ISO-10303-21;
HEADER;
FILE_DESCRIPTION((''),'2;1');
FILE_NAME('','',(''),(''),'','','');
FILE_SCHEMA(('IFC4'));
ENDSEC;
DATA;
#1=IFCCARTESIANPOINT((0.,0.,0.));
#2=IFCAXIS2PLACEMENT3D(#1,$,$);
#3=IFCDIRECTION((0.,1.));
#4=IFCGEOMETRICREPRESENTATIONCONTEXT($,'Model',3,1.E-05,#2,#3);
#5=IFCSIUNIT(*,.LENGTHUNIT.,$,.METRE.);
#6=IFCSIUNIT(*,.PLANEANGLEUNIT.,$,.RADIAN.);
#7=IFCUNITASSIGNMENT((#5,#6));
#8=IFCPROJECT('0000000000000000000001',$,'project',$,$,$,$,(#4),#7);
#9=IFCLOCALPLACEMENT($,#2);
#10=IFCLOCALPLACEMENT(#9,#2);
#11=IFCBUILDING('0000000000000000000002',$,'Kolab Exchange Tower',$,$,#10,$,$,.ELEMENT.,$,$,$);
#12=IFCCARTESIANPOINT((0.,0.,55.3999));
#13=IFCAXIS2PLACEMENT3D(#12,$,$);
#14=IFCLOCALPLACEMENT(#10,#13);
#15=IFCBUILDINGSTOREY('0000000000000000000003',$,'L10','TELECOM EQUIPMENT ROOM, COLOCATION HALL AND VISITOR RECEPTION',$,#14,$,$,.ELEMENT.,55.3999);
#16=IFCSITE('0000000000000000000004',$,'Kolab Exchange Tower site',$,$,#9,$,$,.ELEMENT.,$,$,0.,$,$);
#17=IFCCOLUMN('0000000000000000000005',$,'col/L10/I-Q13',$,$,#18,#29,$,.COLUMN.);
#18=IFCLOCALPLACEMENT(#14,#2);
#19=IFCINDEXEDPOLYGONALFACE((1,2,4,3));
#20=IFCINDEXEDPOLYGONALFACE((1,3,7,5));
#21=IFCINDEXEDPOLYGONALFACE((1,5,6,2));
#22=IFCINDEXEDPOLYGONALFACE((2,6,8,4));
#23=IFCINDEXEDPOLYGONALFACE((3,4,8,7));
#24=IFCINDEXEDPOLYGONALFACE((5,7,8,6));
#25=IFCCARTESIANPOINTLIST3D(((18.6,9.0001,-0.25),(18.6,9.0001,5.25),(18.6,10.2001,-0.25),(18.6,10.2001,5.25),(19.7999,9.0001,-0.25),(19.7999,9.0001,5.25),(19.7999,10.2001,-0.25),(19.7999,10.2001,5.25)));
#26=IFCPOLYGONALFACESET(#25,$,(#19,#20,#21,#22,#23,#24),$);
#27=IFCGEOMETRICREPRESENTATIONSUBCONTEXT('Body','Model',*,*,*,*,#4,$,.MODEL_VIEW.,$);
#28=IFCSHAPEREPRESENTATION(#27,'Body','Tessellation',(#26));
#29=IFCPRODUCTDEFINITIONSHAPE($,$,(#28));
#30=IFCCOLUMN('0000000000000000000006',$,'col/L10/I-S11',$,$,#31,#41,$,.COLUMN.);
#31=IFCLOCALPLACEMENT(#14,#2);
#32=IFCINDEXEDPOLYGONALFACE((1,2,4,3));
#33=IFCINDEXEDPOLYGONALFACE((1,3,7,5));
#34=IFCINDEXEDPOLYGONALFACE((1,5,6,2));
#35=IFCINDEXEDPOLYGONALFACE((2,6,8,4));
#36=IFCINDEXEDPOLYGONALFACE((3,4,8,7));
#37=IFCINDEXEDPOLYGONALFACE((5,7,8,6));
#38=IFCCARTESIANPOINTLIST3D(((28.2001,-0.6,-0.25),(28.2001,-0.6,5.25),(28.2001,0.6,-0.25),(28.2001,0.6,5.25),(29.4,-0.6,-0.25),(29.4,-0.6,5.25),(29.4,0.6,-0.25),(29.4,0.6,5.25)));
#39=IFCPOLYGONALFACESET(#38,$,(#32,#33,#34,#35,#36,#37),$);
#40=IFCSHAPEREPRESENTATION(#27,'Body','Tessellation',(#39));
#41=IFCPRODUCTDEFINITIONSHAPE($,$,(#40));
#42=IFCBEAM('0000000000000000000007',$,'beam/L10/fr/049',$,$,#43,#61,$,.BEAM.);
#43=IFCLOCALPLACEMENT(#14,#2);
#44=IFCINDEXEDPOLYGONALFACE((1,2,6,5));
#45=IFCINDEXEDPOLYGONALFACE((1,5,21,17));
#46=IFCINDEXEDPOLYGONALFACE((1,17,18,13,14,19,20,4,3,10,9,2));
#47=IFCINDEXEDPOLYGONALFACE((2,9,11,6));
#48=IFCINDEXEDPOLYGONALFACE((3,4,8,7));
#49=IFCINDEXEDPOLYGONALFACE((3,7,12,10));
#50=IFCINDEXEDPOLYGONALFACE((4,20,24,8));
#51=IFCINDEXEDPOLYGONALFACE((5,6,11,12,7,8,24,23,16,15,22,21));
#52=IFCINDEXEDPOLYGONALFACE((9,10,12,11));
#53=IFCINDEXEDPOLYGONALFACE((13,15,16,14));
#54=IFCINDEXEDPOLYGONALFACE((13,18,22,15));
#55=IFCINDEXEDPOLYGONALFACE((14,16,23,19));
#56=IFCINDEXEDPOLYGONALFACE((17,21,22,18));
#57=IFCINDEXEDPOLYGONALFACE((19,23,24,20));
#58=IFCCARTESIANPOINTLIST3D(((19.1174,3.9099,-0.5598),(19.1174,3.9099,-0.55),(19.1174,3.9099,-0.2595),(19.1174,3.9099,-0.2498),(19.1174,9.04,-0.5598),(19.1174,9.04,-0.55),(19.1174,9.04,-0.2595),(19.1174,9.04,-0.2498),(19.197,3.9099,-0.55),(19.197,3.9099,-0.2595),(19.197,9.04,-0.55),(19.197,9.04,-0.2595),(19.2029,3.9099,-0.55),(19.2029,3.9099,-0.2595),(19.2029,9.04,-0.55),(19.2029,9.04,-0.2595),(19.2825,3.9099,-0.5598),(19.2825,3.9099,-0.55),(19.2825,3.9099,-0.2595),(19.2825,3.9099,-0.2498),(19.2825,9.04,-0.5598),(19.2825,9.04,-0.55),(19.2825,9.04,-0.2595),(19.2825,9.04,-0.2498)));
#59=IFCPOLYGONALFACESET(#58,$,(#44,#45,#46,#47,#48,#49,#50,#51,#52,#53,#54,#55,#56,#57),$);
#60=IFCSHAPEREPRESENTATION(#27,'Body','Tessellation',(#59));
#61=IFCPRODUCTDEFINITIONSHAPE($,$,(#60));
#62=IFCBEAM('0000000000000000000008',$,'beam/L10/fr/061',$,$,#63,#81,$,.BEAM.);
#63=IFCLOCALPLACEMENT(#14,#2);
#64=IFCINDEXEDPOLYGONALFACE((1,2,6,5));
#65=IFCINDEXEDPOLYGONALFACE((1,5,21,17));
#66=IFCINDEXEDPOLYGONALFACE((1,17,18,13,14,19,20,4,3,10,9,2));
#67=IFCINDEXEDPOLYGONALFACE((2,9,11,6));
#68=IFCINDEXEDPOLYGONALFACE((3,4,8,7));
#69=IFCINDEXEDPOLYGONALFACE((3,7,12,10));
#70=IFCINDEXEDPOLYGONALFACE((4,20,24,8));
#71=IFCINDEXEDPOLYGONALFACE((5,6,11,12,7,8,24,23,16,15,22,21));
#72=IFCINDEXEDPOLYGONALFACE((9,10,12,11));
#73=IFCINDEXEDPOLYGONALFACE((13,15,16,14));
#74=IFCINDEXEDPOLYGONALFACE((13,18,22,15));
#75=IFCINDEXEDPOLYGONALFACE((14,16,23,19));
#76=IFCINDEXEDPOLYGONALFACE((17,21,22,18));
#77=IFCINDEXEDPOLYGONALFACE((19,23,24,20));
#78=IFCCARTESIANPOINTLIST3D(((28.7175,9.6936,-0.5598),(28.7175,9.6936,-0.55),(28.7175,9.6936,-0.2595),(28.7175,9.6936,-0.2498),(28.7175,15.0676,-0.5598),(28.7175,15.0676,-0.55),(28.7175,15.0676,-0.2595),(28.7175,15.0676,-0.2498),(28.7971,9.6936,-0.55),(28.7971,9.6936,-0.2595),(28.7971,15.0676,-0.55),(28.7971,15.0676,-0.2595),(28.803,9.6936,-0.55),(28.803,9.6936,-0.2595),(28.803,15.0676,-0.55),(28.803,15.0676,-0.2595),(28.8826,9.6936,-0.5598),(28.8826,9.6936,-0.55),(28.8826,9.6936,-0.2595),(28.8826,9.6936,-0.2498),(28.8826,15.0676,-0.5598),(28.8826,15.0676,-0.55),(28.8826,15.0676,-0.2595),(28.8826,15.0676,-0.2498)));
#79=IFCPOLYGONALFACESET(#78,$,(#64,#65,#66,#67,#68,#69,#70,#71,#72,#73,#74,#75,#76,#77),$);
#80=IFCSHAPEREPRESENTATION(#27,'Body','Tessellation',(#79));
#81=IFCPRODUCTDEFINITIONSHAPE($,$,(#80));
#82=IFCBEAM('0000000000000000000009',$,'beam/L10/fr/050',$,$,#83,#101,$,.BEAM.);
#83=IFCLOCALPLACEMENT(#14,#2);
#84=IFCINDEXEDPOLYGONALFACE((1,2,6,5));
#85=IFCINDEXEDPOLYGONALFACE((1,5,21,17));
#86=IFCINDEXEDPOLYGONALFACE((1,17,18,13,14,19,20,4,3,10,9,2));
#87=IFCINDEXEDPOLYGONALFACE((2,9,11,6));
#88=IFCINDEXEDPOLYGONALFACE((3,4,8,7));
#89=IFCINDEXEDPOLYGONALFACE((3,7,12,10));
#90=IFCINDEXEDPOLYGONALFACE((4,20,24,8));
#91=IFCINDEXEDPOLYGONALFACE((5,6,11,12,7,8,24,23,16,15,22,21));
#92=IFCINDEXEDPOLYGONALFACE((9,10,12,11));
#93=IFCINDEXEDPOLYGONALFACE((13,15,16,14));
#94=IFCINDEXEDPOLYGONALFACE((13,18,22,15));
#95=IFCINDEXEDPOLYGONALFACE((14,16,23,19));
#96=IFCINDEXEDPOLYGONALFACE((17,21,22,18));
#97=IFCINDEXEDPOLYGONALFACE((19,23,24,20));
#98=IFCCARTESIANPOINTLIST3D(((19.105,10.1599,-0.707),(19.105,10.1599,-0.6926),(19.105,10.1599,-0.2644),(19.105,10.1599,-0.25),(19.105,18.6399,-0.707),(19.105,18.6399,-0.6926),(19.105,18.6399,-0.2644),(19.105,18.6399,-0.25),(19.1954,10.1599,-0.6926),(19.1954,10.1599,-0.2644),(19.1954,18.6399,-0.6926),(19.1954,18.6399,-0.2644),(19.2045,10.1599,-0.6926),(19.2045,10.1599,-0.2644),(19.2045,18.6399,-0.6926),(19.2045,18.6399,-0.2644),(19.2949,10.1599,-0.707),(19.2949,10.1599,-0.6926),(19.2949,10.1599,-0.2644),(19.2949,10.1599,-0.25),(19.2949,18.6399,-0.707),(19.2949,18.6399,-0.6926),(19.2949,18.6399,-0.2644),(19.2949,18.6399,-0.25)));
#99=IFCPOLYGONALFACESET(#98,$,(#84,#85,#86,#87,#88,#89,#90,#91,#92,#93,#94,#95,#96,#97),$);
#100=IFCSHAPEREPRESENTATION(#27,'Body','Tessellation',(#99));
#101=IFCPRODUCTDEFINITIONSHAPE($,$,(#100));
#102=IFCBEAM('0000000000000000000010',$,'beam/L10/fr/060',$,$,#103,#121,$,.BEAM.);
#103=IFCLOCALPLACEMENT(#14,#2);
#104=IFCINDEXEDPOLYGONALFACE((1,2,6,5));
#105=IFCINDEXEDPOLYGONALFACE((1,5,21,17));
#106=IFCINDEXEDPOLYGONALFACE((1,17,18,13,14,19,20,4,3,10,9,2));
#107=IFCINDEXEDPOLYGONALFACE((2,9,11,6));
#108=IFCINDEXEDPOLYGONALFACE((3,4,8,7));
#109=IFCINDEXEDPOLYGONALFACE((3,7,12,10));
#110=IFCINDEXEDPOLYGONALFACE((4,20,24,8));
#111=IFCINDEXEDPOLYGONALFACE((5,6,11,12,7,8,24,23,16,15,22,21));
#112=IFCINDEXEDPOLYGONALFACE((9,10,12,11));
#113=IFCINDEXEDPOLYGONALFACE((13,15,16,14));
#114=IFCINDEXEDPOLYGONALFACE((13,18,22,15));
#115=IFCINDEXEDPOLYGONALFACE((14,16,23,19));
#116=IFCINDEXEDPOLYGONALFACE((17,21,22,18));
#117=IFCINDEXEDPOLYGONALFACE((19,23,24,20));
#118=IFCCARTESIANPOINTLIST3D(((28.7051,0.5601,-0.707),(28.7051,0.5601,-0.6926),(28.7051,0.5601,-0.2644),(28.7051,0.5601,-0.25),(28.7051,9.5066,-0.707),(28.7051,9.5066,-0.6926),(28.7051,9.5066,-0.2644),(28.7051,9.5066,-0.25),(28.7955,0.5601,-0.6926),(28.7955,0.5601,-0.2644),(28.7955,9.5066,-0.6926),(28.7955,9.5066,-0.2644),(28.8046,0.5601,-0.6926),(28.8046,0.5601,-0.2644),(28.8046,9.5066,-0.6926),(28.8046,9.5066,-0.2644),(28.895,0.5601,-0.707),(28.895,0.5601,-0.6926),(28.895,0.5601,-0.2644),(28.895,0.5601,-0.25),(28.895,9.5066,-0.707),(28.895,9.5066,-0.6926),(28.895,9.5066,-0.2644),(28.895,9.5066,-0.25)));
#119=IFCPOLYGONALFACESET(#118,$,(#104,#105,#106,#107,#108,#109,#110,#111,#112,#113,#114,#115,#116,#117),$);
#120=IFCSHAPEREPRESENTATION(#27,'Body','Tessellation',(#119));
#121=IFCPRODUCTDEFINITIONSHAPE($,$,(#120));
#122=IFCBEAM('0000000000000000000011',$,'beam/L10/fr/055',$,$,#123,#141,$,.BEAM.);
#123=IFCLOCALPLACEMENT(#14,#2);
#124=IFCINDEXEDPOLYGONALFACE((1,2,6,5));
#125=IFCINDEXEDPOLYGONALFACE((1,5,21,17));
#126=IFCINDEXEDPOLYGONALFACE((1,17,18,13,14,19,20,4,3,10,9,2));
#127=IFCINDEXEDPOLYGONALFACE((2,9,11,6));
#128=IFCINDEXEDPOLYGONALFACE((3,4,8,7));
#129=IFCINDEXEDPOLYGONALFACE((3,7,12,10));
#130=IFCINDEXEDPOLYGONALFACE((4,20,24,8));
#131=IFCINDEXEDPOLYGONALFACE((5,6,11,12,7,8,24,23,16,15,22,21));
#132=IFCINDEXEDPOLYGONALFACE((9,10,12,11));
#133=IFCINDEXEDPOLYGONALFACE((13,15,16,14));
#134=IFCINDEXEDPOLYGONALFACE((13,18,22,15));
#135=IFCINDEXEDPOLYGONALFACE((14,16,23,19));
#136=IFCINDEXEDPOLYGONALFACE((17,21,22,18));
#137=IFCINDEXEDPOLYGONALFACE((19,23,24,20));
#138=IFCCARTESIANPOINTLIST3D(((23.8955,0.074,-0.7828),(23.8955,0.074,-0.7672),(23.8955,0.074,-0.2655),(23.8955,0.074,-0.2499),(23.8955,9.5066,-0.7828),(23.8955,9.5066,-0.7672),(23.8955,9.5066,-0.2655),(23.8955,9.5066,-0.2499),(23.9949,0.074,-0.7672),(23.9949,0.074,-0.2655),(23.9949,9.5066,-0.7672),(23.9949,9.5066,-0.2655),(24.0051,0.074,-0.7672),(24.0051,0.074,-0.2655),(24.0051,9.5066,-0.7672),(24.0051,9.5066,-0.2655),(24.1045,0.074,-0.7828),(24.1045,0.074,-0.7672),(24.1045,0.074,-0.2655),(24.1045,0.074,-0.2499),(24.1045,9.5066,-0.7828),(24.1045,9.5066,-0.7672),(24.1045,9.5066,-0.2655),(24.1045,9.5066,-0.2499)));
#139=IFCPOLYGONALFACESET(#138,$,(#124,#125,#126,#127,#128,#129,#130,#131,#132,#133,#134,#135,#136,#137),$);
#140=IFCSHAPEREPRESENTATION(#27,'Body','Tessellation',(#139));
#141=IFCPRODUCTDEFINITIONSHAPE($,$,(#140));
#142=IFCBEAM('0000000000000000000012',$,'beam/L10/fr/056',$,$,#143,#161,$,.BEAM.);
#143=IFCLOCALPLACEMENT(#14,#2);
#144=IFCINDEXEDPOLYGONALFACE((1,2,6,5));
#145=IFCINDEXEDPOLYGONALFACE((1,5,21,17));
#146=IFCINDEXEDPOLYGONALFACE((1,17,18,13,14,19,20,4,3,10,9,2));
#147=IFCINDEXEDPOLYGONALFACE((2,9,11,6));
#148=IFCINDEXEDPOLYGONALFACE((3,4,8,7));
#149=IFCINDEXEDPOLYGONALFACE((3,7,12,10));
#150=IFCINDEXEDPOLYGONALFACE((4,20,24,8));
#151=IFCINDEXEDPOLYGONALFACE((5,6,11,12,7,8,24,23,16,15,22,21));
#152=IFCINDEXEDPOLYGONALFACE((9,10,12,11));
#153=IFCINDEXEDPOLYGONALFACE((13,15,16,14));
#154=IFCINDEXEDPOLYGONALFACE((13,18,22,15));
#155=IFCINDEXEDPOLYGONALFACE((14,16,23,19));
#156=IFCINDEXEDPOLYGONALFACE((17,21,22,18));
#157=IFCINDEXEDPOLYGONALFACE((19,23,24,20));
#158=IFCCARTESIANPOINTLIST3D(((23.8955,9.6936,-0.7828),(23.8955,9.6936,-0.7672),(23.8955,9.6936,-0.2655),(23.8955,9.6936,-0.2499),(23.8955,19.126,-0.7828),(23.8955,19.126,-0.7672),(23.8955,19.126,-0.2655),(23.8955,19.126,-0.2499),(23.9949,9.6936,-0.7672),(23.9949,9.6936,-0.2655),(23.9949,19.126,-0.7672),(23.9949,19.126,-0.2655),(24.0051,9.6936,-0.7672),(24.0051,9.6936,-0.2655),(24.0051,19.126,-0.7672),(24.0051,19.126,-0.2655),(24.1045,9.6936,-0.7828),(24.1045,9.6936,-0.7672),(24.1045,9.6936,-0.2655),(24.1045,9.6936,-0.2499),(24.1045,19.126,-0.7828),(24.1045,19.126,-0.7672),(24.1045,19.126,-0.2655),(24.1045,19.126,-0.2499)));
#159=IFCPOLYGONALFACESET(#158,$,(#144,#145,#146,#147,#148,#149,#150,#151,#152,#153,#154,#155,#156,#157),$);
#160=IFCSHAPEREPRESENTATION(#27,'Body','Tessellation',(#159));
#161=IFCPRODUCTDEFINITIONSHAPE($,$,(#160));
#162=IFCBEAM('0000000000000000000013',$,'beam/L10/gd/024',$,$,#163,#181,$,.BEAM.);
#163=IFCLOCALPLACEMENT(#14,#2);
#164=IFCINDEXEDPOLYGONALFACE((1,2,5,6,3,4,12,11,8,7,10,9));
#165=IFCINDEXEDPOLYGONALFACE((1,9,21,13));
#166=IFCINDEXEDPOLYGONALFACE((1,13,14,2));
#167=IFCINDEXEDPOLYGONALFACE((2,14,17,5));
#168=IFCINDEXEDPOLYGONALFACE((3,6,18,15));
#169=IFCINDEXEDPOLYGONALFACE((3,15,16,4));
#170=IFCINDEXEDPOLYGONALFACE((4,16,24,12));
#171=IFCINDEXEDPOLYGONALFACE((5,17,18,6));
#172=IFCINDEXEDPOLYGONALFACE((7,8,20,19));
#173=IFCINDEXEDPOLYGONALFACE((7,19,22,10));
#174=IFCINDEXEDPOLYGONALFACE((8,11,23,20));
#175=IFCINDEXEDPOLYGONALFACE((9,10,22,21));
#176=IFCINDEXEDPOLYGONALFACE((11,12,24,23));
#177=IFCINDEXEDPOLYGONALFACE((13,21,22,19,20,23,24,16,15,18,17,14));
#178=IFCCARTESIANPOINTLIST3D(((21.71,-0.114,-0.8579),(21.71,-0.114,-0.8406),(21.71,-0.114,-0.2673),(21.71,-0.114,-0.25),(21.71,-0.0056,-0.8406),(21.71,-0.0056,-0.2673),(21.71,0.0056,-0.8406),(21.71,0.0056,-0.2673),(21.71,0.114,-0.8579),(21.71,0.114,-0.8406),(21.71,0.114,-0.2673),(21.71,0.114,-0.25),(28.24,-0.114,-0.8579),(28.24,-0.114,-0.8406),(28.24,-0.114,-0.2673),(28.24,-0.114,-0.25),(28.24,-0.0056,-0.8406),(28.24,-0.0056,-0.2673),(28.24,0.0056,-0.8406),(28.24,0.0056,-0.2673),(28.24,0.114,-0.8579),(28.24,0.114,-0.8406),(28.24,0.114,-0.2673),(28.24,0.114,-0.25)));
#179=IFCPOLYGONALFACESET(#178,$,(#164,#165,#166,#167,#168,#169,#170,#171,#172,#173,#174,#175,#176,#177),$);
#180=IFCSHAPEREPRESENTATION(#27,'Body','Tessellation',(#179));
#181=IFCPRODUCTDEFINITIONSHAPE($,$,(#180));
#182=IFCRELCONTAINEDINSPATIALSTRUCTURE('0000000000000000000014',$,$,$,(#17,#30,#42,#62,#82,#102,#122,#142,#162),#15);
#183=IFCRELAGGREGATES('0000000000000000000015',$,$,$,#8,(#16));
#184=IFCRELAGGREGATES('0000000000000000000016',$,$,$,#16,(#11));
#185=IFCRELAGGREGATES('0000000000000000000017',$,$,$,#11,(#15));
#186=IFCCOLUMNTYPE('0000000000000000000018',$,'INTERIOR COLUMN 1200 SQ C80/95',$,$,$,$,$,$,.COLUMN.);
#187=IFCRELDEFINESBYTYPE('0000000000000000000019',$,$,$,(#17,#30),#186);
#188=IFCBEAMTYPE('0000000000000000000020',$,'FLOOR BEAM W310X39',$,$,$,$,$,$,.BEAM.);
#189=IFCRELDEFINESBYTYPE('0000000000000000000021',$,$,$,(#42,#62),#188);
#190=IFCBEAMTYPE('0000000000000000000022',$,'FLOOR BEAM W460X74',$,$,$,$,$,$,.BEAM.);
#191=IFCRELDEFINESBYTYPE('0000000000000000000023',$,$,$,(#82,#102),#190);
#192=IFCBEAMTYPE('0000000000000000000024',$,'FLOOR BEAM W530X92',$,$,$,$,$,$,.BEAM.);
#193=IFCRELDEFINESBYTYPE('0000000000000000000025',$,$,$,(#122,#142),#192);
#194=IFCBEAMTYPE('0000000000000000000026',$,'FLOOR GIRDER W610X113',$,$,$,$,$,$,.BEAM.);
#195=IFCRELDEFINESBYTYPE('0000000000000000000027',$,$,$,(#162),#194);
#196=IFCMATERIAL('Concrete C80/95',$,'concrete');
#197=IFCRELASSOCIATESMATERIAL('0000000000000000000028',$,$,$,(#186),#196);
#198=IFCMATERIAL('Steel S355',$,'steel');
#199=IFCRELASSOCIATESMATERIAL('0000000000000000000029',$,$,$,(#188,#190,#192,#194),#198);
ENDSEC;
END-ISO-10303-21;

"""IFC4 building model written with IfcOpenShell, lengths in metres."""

from ifc_helpers import new_model, si_unit, direction, frame, origin, origin_2d, place, context, subcontext, project, spatial, rectangle, i_section, extrude, material, material_profile, profile_set, type_object, element, save


model = new_model("IFC4")

# Units and contexts
model_context = context("Model", 3, precision=1e-05, world=origin(), true_north=direction((0.0, 1.0)))
body_context = subcontext(model_context, "Body", "Model", "MODEL_VIEW")
ifc_project = project(units=[si_unit("LENGTHUNIT", "METRE"), si_unit("PLANEANGLEUNIT", "RADIAN")], contexts=[model_context])

# Site, building, storey
site_placement = place(None, origin())
site = spatial("IfcSite", under=ifc_project, at=site_placement, Name="Kolab Exchange Tower site", CompositionType="ELEMENT", RefElevation=0.0)
building_placement = place(site_placement, origin())
building = spatial("IfcBuilding", under=site, at=building_placement, Name="Kolab Exchange Tower", CompositionType="ELEMENT")
storey_placement = place(building_placement, frame((0.0, 0.0, 55.3999)))
storey = spatial("IfcBuildingStorey", under=building, at=storey_placement, Name="L10", Description="TELECOM EQUIPMENT ROOM, COLOCATION HALL AND VISITOR RECEPTION", CompositionType="ELEMENT", Elevation=55.3999)

# Columns
ifc_material_1 = material(Name="Concrete C80/95", Category="concrete")
ifc_material_profile_1 = material_profile(ifc_material_1, rectangle(XDim=1.2, YDim=1.2, at=origin_2d()), Name="RC1200")
ifc_profile_set_1 = profile_set([ifc_material_profile_1], Name="Concrete C80/95")
column_type = type_object("IfcColumnType", Name="INTERIOR COLUMN 1200 SQ C80/95", PredefinedType="COLUMN", material=ifc_profile_set_1)
for number, where, z_axis, x_axis, name in (
    (1, (19.2, 9.6001, -0.25), (0.0, 0.0, 1.0), (1.0, 0.0, 0.0), "col/L10/I-Q13"),
    (2, (28.8, 0.0, -0.25), (0.0, 0.0, 1.0), (1.0, 0.0, 0.0), "col/L10/I-S11"),
):
    element("IfcColumn", number, at=place(storey_placement, frame(where, z_axis=z_axis, x_axis=x_axis)), inside=storey, type_object=column_type, Name=name, PredefinedType="COLUMN", context=body_context, shape_type="SweptSolid", body=[
        extrude(rectangle(XDim=1.2, YDim=1.2, at=origin_2d()), origin(), (0.0, 0.0, 1.0), 5.5),
    ])

# Beams
ifc_material_2 = material(Name="Steel S355", Category="steel")
ifc_material_profile_2 = material_profile(ifc_material_2, i_section(OverallWidth=0.165, OverallDepth=0.3101, WebThickness=0.0059, FlangeThickness=0.0098, at=origin_2d()), Name="W310X39")
ifc_profile_set_2 = profile_set([ifc_material_profile_2], Name="Steel S355")
beam_type_1 = type_object("IfcBeamType", Name="FLOOR BEAM W310X39", PredefinedType="BEAM", material=ifc_profile_set_2)
beam_1_placement = place(storey_placement, frame((19.2, 3.9099, -0.4048), z_axis=(0.0, 1.0, 0.0), x_axis=(-1.0, 0.0, 0.0)))
element("IfcBeam", 3, at=beam_1_placement, inside=storey, type_object=beam_type_1, Name="beam/L10/fr/049", PredefinedType="BEAM", context=body_context, shape_type="SweptSolid", body=[
    extrude(i_section(OverallWidth=0.165, OverallDepth=0.3101, WebThickness=0.0059, FlangeThickness=0.0098, at=origin_2d()), origin(), (0.0, 0.0, 1.0), 5.1301),
])
beam_2_placement = place(storey_placement, frame((28.8, 9.6936, -0.4048), z_axis=(0.0, 1.0, 0.0), x_axis=(-1.0, 0.0, 0.0)))
element("IfcBeam", 4, at=beam_2_placement, inside=storey, type_object=beam_type_1, Name="beam/L10/fr/061", PredefinedType="BEAM", context=body_context, shape_type="SweptSolid", body=[
    extrude(i_section(OverallWidth=0.165, OverallDepth=0.3101, WebThickness=0.0059, FlangeThickness=0.0098, at=origin_2d()), origin(), (0.0, 0.0, 1.0), 5.374),
])
ifc_material_profile_3 = material_profile(ifc_material_2, i_section(OverallWidth=0.1899, OverallDepth=0.457, WebThickness=0.009, FlangeThickness=0.0144, at=origin_2d()), Name="W460X74")
ifc_profile_set_3 = profile_set([ifc_material_profile_3], Name="Steel S355")
beam_type_2 = type_object("IfcBeamType", Name="FLOOR BEAM W460X74", PredefinedType="BEAM", material=ifc_profile_set_3)
beam_3_placement = place(storey_placement, frame((19.2, 10.1599, -0.4785), z_axis=(0.0, 1.0, 0.0), x_axis=(-1.0, 0.0, 0.0)))
element("IfcBeam", 5, at=beam_3_placement, inside=storey, type_object=beam_type_2, Name="beam/L10/fr/050", PredefinedType="BEAM", context=body_context, shape_type="SweptSolid", body=[
    extrude(i_section(OverallWidth=0.1899, OverallDepth=0.457, WebThickness=0.009, FlangeThickness=0.0144, at=origin_2d()), origin(), (0.0, 0.0, 1.0), 8.48),
])
beam_4_placement = place(storey_placement, frame((28.8, 0.5601, -0.4785), z_axis=(0.0, 1.0, 0.0), x_axis=(-1.0, 0.0, 0.0)))
element("IfcBeam", 6, at=beam_4_placement, inside=storey, type_object=beam_type_2, Name="beam/L10/fr/060", PredefinedType="BEAM", context=body_context, shape_type="SweptSolid", body=[
    extrude(i_section(OverallWidth=0.1899, OverallDepth=0.457, WebThickness=0.009, FlangeThickness=0.0144, at=origin_2d()), origin(), (0.0, 0.0, 1.0), 8.9465),
])
ifc_material_profile_4 = material_profile(ifc_material_2, i_section(OverallWidth=0.209, OverallDepth=0.533, WebThickness=0.0103, FlangeThickness=0.0156, at=origin_2d()), Name="W530X92")
ifc_profile_set_4 = profile_set([ifc_material_profile_4], Name="Steel S355")
beam_type_3 = type_object("IfcBeamType", Name="FLOOR BEAM W530X92", PredefinedType="BEAM", material=ifc_profile_set_4)
beam_5_placement = place(storey_placement, frame((24.0, 0.074, -0.5164), z_axis=(0.0, 1.0, 0.0), x_axis=(-1.0, 0.0, 0.0)))
element("IfcBeam", 7, at=beam_5_placement, inside=storey, type_object=beam_type_3, Name="beam/L10/fr/055", PredefinedType="BEAM", context=body_context, shape_type="SweptSolid", body=[
    extrude(i_section(OverallWidth=0.209, OverallDepth=0.533, WebThickness=0.0103, FlangeThickness=0.0156, at=origin_2d()), origin(), (0.0, 0.0, 1.0), 9.4326),
])
beam_6_placement = place(storey_placement, frame((24.0, 9.6936, -0.5164), z_axis=(0.0, 1.0, 0.0), x_axis=(-1.0, 0.0, 0.0)))
element("IfcBeam", 8, at=beam_6_placement, inside=storey, type_object=beam_type_3, Name="beam/L10/fr/056", PredefinedType="BEAM", context=body_context, shape_type="SweptSolid", body=[
    extrude(i_section(OverallWidth=0.209, OverallDepth=0.533, WebThickness=0.0103, FlangeThickness=0.0156, at=origin_2d()), origin(), (0.0, 0.0, 1.0), 9.4324),
])
ifc_material_profile_5 = material_profile(ifc_material_2, i_section(OverallWidth=0.228, OverallDepth=0.6079, WebThickness=0.0112, FlangeThickness=0.0173, at=origin_2d()), Name="W610X113")
ifc_profile_set_5 = profile_set([ifc_material_profile_5], Name="Steel S355")
beam_type_4 = type_object("IfcBeamType", Name="FLOOR GIRDER W610X113", PredefinedType="BEAM", material=ifc_profile_set_5)
beam_7_placement = place(storey_placement, frame((21.71, 0.0, -0.554), z_axis=(1.0, 0.0, 0.0), x_axis=(0.0, 1.0, 0.0)))
element("IfcBeam", 9, at=beam_7_placement, inside=storey, type_object=beam_type_4, Name="beam/L10/gd/024", PredefinedType="BEAM", context=body_context, shape_type="SweptSolid", body=[
    extrude(i_section(OverallWidth=0.228, OverallDepth=0.6079, WebThickness=0.0112, FlangeThickness=0.0173, at=origin_2d()), origin(), (0.0, 0.0, 1.0), 6.53),
])

save(model, "model.ifc")
